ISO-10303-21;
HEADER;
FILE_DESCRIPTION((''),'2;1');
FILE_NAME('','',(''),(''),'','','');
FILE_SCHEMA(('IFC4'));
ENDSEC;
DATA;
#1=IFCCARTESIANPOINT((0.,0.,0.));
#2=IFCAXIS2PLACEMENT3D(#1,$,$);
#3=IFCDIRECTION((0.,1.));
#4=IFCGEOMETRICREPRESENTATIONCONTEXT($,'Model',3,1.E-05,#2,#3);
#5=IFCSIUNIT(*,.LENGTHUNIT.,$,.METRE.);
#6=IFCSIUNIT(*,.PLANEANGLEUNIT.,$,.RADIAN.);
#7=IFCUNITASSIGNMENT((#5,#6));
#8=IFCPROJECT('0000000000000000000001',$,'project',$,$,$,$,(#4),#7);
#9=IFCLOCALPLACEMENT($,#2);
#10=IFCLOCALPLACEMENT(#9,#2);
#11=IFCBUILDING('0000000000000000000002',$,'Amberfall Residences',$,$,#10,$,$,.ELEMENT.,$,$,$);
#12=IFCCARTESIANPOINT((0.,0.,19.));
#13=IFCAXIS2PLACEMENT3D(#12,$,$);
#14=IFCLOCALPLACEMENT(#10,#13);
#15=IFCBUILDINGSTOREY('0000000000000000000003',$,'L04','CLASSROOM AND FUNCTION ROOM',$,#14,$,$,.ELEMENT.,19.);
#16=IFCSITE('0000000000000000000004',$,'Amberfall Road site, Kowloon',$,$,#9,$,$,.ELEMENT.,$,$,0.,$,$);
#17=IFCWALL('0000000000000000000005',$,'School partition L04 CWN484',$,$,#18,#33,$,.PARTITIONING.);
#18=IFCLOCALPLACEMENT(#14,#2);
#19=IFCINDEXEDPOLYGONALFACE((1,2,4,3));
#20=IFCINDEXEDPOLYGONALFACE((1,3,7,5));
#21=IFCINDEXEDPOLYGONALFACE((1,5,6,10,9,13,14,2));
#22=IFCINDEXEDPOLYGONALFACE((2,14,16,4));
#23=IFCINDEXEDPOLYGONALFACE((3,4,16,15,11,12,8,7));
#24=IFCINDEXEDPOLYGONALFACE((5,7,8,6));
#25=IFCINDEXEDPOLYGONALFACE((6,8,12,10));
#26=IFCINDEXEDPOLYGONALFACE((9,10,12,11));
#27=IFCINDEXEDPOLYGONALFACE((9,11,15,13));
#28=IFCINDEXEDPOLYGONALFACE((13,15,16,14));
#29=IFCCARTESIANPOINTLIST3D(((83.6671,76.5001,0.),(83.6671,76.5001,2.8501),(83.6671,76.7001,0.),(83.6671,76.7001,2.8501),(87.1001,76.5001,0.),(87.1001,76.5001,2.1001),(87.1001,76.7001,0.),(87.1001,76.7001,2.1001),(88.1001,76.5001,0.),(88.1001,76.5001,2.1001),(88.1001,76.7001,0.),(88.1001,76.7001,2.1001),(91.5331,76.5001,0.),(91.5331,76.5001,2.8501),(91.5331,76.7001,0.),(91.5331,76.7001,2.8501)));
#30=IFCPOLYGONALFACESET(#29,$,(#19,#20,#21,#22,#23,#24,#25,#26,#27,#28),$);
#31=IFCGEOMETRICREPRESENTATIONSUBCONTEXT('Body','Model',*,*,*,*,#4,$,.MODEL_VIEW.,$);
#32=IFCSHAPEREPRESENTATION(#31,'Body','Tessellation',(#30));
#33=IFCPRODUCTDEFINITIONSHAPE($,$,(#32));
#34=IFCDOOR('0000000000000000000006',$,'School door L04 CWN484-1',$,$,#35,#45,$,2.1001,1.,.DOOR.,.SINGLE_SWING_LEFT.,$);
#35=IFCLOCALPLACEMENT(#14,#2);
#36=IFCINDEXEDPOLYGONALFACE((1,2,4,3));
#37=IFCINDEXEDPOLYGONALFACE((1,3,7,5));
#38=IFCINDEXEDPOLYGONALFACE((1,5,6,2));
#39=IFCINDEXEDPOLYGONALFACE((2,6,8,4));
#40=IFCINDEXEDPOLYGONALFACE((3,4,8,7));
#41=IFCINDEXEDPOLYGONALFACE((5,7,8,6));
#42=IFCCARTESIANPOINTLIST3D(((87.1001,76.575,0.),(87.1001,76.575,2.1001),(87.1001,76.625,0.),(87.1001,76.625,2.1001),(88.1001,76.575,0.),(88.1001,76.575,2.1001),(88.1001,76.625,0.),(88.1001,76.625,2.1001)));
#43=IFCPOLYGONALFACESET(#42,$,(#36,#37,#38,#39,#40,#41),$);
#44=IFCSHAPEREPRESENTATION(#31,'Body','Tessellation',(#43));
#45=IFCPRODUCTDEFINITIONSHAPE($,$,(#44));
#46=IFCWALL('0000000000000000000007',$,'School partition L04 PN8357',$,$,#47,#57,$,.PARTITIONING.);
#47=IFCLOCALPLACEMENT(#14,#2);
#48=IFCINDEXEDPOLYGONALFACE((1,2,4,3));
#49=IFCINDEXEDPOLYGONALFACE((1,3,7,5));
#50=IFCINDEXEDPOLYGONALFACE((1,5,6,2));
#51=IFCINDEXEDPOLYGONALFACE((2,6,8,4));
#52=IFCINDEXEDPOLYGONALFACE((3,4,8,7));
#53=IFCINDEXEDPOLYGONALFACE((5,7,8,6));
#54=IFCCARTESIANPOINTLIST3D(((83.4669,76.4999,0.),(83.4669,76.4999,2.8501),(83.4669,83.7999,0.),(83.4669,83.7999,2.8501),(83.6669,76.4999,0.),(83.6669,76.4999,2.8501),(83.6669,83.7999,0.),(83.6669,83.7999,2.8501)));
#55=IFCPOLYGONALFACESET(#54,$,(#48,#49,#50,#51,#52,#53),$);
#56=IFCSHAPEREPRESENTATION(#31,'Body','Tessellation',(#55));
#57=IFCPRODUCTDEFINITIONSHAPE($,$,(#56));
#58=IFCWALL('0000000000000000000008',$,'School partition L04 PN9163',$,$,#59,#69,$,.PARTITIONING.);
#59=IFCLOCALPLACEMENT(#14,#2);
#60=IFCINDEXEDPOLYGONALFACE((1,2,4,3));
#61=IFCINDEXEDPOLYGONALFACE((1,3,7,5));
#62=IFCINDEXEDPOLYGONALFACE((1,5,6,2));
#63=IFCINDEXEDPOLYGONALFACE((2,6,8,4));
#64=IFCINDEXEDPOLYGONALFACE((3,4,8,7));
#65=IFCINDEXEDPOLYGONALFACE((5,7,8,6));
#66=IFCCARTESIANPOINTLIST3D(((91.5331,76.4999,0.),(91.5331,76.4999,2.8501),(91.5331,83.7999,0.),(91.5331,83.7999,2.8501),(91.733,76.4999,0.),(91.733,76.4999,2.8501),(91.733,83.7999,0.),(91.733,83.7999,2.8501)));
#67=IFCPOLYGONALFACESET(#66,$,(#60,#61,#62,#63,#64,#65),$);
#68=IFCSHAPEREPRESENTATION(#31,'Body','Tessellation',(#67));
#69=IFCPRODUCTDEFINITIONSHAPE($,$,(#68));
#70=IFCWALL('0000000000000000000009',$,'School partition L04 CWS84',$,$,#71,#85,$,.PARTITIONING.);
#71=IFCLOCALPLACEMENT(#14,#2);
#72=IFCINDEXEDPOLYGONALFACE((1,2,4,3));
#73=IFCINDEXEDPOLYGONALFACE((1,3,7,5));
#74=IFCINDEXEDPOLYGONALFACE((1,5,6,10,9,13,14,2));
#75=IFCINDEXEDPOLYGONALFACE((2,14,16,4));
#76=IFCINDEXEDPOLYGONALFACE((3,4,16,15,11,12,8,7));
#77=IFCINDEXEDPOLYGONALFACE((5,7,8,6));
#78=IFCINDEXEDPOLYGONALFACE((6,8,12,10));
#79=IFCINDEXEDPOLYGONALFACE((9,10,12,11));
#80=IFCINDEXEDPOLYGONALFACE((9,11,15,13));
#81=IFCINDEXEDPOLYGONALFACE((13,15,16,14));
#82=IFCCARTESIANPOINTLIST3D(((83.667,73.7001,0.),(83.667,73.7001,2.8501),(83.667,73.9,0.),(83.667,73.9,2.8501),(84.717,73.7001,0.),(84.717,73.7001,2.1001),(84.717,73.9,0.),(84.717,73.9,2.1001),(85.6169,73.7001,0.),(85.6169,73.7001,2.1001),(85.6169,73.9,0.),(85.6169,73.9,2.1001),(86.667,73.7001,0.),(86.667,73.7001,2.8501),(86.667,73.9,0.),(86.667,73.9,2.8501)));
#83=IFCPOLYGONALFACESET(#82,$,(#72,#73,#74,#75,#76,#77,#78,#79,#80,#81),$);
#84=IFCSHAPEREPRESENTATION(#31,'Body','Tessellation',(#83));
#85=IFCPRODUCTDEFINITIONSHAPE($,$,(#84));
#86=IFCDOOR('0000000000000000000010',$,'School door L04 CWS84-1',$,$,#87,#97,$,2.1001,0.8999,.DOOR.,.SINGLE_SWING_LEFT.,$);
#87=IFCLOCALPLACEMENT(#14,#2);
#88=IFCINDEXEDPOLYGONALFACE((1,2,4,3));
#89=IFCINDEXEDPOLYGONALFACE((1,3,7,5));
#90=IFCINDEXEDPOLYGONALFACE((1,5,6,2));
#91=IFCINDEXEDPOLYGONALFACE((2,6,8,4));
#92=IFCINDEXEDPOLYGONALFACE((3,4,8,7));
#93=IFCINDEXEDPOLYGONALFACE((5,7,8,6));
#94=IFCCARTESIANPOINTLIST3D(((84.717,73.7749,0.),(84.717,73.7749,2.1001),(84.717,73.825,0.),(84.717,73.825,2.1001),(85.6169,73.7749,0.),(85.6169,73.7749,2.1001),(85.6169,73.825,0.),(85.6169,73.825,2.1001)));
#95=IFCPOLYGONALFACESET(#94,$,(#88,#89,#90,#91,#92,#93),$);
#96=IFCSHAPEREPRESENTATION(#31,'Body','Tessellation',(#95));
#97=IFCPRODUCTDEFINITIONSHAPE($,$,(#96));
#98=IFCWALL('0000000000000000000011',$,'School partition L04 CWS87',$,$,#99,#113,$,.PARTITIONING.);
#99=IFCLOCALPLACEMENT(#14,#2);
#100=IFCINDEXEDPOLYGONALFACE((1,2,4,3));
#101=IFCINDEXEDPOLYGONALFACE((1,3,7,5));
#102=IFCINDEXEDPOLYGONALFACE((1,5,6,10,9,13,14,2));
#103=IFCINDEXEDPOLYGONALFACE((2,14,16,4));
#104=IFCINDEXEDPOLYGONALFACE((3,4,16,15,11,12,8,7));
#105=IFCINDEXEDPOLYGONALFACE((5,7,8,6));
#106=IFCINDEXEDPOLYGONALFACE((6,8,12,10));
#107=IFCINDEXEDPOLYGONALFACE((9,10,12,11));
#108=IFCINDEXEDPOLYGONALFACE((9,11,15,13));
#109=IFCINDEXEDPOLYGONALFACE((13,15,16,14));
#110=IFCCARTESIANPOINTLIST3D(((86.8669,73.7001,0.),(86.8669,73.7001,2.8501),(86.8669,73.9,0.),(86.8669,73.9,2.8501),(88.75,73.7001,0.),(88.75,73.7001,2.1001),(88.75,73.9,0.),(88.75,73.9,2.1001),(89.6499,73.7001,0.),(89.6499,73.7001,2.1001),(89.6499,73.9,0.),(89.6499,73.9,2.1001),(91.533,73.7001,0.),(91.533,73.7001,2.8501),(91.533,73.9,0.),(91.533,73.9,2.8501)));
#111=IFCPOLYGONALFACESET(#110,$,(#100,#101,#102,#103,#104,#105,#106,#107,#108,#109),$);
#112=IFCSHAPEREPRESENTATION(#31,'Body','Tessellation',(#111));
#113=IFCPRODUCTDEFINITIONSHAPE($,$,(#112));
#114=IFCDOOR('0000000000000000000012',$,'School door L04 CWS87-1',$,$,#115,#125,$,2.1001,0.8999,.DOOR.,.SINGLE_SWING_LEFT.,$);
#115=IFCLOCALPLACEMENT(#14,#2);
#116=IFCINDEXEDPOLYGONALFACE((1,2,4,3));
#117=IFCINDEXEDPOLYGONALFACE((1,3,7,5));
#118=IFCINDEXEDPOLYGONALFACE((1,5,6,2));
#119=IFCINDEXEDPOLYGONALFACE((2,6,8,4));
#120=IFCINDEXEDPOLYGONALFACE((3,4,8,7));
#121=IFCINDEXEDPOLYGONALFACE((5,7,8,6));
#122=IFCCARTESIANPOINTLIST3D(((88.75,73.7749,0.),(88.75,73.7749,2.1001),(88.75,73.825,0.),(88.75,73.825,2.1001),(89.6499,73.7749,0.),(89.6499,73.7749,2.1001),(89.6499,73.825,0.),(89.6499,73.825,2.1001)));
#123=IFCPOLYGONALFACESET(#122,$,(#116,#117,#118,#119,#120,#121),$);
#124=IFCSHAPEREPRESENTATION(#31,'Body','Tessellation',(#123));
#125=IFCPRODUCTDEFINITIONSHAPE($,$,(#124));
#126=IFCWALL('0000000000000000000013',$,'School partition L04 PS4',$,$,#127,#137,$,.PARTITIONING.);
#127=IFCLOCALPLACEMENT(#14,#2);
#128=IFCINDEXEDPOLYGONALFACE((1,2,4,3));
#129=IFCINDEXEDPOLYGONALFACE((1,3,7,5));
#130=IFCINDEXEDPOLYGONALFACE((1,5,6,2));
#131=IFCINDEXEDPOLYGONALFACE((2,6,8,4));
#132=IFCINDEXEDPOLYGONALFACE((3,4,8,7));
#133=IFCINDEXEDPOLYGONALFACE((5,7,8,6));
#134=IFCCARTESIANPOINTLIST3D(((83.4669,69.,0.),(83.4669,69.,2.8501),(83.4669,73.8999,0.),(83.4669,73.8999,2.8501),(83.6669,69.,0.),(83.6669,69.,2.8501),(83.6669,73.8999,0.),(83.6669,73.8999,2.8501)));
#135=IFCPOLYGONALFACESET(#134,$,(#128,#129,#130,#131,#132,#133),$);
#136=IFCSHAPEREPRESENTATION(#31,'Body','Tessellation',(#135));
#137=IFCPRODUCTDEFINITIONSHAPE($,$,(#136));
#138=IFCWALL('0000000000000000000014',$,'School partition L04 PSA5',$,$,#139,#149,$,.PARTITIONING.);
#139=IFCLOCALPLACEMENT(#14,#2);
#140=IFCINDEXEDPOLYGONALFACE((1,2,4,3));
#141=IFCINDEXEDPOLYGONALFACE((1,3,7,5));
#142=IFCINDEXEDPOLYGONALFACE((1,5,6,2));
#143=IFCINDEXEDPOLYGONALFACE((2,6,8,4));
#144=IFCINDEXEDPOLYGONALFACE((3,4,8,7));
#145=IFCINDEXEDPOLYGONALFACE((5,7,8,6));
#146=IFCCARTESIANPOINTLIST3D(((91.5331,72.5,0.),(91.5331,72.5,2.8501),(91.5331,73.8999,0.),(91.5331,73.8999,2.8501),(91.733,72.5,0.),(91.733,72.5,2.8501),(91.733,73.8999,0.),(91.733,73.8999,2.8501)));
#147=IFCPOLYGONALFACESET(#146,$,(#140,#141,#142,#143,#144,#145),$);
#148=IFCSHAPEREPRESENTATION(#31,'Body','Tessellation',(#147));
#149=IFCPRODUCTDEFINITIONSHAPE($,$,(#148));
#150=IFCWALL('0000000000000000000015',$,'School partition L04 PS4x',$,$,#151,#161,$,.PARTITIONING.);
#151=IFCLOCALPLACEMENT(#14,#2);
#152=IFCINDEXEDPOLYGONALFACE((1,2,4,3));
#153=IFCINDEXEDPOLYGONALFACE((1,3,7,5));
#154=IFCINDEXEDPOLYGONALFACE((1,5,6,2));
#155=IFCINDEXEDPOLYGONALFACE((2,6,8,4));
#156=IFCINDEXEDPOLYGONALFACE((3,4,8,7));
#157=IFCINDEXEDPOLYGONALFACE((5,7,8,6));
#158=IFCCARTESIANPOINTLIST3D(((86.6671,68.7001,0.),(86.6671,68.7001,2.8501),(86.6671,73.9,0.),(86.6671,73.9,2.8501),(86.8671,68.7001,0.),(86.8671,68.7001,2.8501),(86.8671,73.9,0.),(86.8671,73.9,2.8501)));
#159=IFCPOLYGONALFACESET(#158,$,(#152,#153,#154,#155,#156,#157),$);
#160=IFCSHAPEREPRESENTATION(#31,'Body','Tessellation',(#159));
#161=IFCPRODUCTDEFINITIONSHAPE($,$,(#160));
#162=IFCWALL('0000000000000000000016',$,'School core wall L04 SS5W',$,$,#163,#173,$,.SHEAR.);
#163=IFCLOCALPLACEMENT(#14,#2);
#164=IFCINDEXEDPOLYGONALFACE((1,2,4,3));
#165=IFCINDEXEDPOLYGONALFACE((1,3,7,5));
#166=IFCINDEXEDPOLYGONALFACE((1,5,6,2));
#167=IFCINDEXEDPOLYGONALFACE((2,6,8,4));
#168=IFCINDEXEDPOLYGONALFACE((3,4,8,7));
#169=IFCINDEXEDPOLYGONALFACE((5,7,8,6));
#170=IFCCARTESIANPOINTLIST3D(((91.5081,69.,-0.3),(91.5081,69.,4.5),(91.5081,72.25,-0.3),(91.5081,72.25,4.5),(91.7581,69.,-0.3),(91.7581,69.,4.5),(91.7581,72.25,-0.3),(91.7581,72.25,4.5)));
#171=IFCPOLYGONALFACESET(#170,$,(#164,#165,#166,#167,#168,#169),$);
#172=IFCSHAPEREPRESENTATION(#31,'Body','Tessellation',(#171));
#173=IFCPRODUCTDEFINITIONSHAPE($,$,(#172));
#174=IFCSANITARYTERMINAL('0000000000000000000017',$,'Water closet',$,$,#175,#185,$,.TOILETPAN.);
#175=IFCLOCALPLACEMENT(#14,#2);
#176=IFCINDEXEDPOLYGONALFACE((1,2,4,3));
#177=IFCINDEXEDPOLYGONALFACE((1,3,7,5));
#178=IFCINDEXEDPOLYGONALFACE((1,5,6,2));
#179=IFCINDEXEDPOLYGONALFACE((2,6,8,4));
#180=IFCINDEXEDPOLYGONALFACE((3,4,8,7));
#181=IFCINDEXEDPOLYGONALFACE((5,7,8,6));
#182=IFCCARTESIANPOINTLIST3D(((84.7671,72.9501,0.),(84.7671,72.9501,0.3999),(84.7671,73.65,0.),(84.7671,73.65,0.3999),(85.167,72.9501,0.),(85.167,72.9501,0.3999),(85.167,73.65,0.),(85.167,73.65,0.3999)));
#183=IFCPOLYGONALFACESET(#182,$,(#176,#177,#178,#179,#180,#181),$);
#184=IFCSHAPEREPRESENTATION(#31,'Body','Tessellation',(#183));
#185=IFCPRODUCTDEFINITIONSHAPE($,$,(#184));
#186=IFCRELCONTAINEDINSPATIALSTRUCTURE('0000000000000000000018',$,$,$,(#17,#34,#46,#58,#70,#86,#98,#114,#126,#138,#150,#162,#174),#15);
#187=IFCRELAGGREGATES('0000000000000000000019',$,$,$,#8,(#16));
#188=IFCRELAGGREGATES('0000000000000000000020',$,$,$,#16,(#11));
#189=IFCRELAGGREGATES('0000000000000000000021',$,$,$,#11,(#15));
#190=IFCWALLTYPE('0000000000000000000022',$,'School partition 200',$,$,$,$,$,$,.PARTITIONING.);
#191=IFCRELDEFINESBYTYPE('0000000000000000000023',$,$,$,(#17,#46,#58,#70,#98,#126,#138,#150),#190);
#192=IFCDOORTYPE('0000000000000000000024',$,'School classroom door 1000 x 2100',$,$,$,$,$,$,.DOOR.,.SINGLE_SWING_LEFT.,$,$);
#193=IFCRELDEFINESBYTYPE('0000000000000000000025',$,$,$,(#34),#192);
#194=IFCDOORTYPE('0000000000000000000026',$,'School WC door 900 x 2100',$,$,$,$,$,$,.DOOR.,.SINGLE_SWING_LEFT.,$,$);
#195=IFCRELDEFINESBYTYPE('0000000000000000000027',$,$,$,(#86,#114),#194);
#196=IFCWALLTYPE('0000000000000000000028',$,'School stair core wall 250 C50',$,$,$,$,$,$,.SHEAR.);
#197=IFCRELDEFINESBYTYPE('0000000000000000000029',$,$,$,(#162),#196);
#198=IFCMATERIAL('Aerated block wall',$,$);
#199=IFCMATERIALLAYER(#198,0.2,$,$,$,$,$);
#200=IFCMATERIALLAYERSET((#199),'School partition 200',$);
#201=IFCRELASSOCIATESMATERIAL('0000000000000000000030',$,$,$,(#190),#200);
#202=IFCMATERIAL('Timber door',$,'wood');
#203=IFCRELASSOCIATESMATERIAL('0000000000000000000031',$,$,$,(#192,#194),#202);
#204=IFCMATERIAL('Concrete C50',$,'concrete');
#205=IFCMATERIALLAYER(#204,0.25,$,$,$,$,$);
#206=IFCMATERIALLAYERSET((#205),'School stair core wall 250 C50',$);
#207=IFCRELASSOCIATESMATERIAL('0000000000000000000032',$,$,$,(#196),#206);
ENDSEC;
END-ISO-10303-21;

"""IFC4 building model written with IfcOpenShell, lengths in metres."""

from ifc_helpers import new_model, si_unit, direction, frame, frame_2d, origin, origin_2d, place, context, subcontext, project, spatial, rectangle, extrude, material, layer, layer_set, type_object, element, fill, save


model = new_model("IFC4")

# Units and contexts
model_context = context("Model", 3, precision=1e-05, world=origin(), true_north=direction((0.0, 1.0)))
body_context = subcontext(model_context, "Body", "Model", "MODEL_VIEW")
ifc_project = project(units=[si_unit("LENGTHUNIT", "METRE"), si_unit("PLANEANGLEUNIT", "RADIAN")], contexts=[model_context])

# Site, building, storey
site_placement = place(None, origin())
site = spatial("IfcSite", under=ifc_project, at=site_placement, Name="Amberfall Road site, Kowloon", CompositionType="ELEMENT", RefElevation=0.0)
building_placement = place(site_placement, origin())
building = spatial("IfcBuilding", under=site, at=building_placement, Name="Amberfall Residences", CompositionType="ELEMENT")
storey_placement = place(building_placement, frame((0.0, 0.0, 19.0)))
storey = spatial("IfcBuildingStorey", under=building, at=storey_placement, Name="L04", Description="CLASSROOM AND FUNCTION ROOM", CompositionType="ELEMENT", Elevation=19.0)

# Shared definitions
ifc_material_1 = material(Name="Aerated block wall")

# Wall, opening, door
ifc_layer_1 = layer(ifc_material_1, 0.2)
ifc_layer_set_1 = layer_set([ifc_layer_1], Name="School partition 200")
wall_type_1 = type_object("IfcWallType", Name="School partition 200", PredefinedType="PARTITIONING", material=ifc_layer_set_1)
wall_1_placement = place(storey_placement, frame((83.667, 76.6001, 0.0), z_axis=(0.0, 0.0, 1.0), x_axis=(1.0, 0.0, 0.0)))
wall_1 = element("IfcWall", 1, at=wall_1_placement, inside=storey, type_object=wall_type_1, Name="School partition L04 CWN484", PredefinedType="PARTITIONING", context=body_context, shape_type="SweptSolid", body=[
    extrude(rectangle(XDim=7.866, YDim=0.2, at=frame_2d((3.9331, 0.0))), origin(), (0.0, 0.0, 1.0), 2.8501),
])
opening_1_placement = place(wall_1_placement, frame((3.4331, 0.0, 0.0)))
opening_1 = element("IfcOpeningElement", 2, at=opening_1_placement, cuts=wall_1, PredefinedType="OPENING", context=body_context, shape_type="SweptSolid", body=[
    extrude(rectangle(XDim=1.0, YDim=2.1001, at=frame_2d((0.5, 1.05))), frame((0.0, 0.1099, 0.0), z_axis=(0.0, -1.0, 0.0), x_axis=(1.0, 0.0, 0.0)), (0.0, 0.0, 1.0), 0.22),
])
ifc_material_2 = material(Name="Timber door", Category="wood")
door_type_1 = type_object("IfcDoorType", Name="School classroom door 1000 x 2100", OperationType="SINGLE_SWING_LEFT", PredefinedType="DOOR", material=ifc_material_2)
door_1_placement = place(opening_1_placement, origin())
door_1 = element("IfcDoor", 3, at=door_1_placement, inside=storey, type_object=door_type_1, Name="School door L04 CWN484-1", OperationType="SINGLE_SWING_LEFT", OverallHeight=2.1001, OverallWidth=1.0, PredefinedType="DOOR", context=body_context, shape_type="SweptSolid", body=[
    extrude(rectangle(XDim=1.0, YDim=2.1001, at=frame_2d((0.5, 1.05))), frame((0.0, 0.0249, 0.0), z_axis=(0.0, -1.0, 0.0), x_axis=(1.0, 0.0, 0.0)), (0.0, 0.0, 1.0), 0.05),
])
fill(opening_1, door_1)

# Walls
for number, where, z_axis, x_axis, name in (
    (4, (83.5669, 76.5, 0.0), (0.0, 0.0, 1.0), (0.0, 1.0, 0.0), "School partition L04 PN8357"),
    (5, (91.6331, 76.5, 0.0), (0.0, 0.0, 1.0), (0.0, 1.0, 0.0), "School partition L04 PN9163"),
):
    element("IfcWall", number, at=place(storey_placement, frame(where, z_axis=z_axis, x_axis=x_axis)), inside=storey, type_object=wall_type_1, Name=name, PredefinedType="PARTITIONING", context=body_context, shape_type="SweptSolid", body=[
        extrude(rectangle(XDim=7.3, YDim=0.2, at=frame_2d((3.6499, 0.0))), origin(), (0.0, 0.0, 1.0), 2.8501),
    ])

# Walls, openings, doors
wall_2_placement = place(storey_placement, frame((83.667, 73.8, 0.0), z_axis=(0.0, 0.0, 1.0), x_axis=(1.0, 0.0, 0.0)))
wall_2 = element("IfcWall", 6, at=wall_2_placement, inside=storey, type_object=wall_type_1, Name="School partition L04 CWS84", PredefinedType="PARTITIONING", context=body_context, shape_type="SweptSolid", body=[
    extrude(rectangle(XDim=3.0, YDim=0.2, at=frame_2d((1.5, 0.0))), origin(), (0.0, 0.0, 1.0), 2.8501),
])
opening_2_placement = place(wall_2_placement, frame((1.05, 0.0, 0.0)))
opening_2 = element("IfcOpeningElement", 7, at=opening_2_placement, cuts=wall_2, PredefinedType="OPENING", context=body_context, shape_type="SweptSolid", body=[
    extrude(rectangle(XDim=0.8999, YDim=2.1001, at=frame_2d((0.45, 1.05))), frame((0.0, 0.1099, 0.0), z_axis=(0.0, -1.0, 0.0), x_axis=(1.0, 0.0, 0.0)), (0.0, 0.0, 1.0), 0.22),
])
door_type_2 = type_object("IfcDoorType", Name="School WC door 900 x 2100", OperationType="SINGLE_SWING_LEFT", PredefinedType="DOOR", material=ifc_material_2)
door_2_placement = place(opening_2_placement, origin())
door_2 = element("IfcDoor", 8, at=door_2_placement, inside=storey, type_object=door_type_2, Name="School door L04 CWS84-1", OperationType="SINGLE_SWING_LEFT", OverallHeight=2.1001, OverallWidth=0.8999, PredefinedType="DOOR", context=body_context, shape_type="SweptSolid", body=[
    extrude(rectangle(XDim=0.8999, YDim=2.1001, at=frame_2d((0.45, 1.05))), frame((0.0, 0.0249, 0.0), z_axis=(0.0, -1.0, 0.0), x_axis=(1.0, 0.0, 0.0)), (0.0, 0.0, 1.0), 0.05),
])
fill(opening_2, door_2)
wall_3_placement = place(storey_placement, frame((86.8669, 73.8, 0.0), z_axis=(0.0, 0.0, 1.0), x_axis=(1.0, 0.0, 0.0)))
wall_3 = element("IfcWall", 9, at=wall_3_placement, inside=storey, type_object=wall_type_1, Name="School partition L04 CWS87", PredefinedType="PARTITIONING", context=body_context, shape_type="SweptSolid", body=[
    extrude(rectangle(XDim=4.666, YDim=0.2, at=frame_2d((2.333, 0.0))), origin(), (0.0, 0.0, 1.0), 2.8501),
])
opening_3_placement = place(wall_3_placement, frame((1.8831, 0.0, 0.0)))
opening_3 = element("IfcOpeningElement", 10, at=opening_3_placement, cuts=wall_3, PredefinedType="OPENING", context=body_context, shape_type="SweptSolid", body=[
    extrude(rectangle(XDim=0.8999, YDim=2.1001, at=frame_2d((0.45, 1.05))), frame((0.0, 0.1099, 0.0), z_axis=(0.0, -1.0, 0.0), x_axis=(1.0, 0.0, 0.0)), (0.0, 0.0, 1.0), 0.22),
])
door_3_placement = place(opening_3_placement, origin())
door_3 = element("IfcDoor", 11, at=door_3_placement, inside=storey, type_object=door_type_2, Name="School door L04 CWS87-1", OperationType="SINGLE_SWING_LEFT", OverallHeight=2.1001, OverallWidth=0.8999, PredefinedType="DOOR", context=body_context, shape_type="SweptSolid", body=[
    extrude(rectangle(XDim=0.8999, YDim=2.1001, at=frame_2d((0.45, 1.05))), frame((0.0, 0.0249, 0.0), z_axis=(0.0, -1.0, 0.0), x_axis=(1.0, 0.0, 0.0)), (0.0, 0.0, 1.0), 0.05),
])
fill(opening_3, door_3)

# Walls
wall_4_placement = place(storey_placement, frame((83.5669, 69.0, 0.0), z_axis=(0.0, 0.0, 1.0), x_axis=(0.0, 1.0, 0.0)))
element("IfcWall", 12, at=wall_4_placement, inside=storey, type_object=wall_type_1, Name="School partition L04 PS4", PredefinedType="PARTITIONING", context=body_context, shape_type="SweptSolid", body=[
    extrude(rectangle(XDim=4.8999, YDim=0.2, at=frame_2d((2.45, 0.0))), origin(), (0.0, 0.0, 1.0), 2.8501),
])
wall_5_placement = place(storey_placement, frame((91.6331, 72.5, 0.0), z_axis=(0.0, 0.0, 1.0), x_axis=(0.0, 1.0, 0.0)))
element("IfcWall", 13, at=wall_5_placement, inside=storey, type_object=wall_type_1, Name="School partition L04 PSA5", PredefinedType="PARTITIONING", context=body_context, shape_type="SweptSolid", body=[
    extrude(rectangle(XDim=1.3999, YDim=0.2, at=frame_2d((0.7, 0.0))), origin(), (0.0, 0.0, 1.0), 2.8501),
])
wall_6_placement = place(storey_placement, frame((86.7671, 68.7, 0.0), z_axis=(0.0, 0.0, 1.0), x_axis=(0.0, 1.0, 0.0)))
element("IfcWall", 14, at=wall_6_placement, inside=storey, type_object=wall_type_1, Name="School partition L04 PS4x", PredefinedType="PARTITIONING", context=body_context, shape_type="SweptSolid", body=[
    extrude(rectangle(XDim=5.2, YDim=0.2, at=frame_2d((2.6001, 0.0))), origin(), (0.0, 0.0, 1.0), 2.8501),
])
ifc_material_3 = material(Name="Concrete C50", Category="concrete")
ifc_layer_2 = layer(ifc_material_3, 0.25)
ifc_layer_set_2 = layer_set([ifc_layer_2], Name="School stair core wall 250 C50")
wall_type_2 = type_object("IfcWallType", Name="School stair core wall 250 C50", PredefinedType="SHEAR", material=ifc_layer_set_2)
wall_7_placement = place(storey_placement, frame((91.6331, 69.0, -0.3), z_axis=(0.0, 0.0, 1.0), x_axis=(0.0, 1.0, 0.0)))
element("IfcWall", 15, at=wall_7_placement, inside=storey, type_object=wall_type_2, Name="School core wall L04 SS5W", PredefinedType="SHEAR", context=body_context, shape_type="SweptSolid", body=[
    extrude(rectangle(XDim=3.25, YDim=0.25, at=frame_2d((1.625, 0.0))), origin(), (0.0, 0.0, 1.0), 4.8),
])

# Sanitary terminal
sanitary_terminal_1_placement = place(storey_placement, frame((84.967, 73.3, 0.0), z_axis=(0.0, 0.0, 1.0), x_axis=(1.0, 0.0, 0.0)))
element("IfcSanitaryTerminal", 16, at=sanitary_terminal_1_placement, inside=storey, Name="Water closet", PredefinedType="TOILETPAN", context=body_context, shape_type="SweptSolid", body=[
    extrude(rectangle(XDim=0.3999, YDim=0.7, at=origin_2d()), origin(), (0.0, 0.0, 1.0), 0.3999),
])

save(model, "model.ifc")
